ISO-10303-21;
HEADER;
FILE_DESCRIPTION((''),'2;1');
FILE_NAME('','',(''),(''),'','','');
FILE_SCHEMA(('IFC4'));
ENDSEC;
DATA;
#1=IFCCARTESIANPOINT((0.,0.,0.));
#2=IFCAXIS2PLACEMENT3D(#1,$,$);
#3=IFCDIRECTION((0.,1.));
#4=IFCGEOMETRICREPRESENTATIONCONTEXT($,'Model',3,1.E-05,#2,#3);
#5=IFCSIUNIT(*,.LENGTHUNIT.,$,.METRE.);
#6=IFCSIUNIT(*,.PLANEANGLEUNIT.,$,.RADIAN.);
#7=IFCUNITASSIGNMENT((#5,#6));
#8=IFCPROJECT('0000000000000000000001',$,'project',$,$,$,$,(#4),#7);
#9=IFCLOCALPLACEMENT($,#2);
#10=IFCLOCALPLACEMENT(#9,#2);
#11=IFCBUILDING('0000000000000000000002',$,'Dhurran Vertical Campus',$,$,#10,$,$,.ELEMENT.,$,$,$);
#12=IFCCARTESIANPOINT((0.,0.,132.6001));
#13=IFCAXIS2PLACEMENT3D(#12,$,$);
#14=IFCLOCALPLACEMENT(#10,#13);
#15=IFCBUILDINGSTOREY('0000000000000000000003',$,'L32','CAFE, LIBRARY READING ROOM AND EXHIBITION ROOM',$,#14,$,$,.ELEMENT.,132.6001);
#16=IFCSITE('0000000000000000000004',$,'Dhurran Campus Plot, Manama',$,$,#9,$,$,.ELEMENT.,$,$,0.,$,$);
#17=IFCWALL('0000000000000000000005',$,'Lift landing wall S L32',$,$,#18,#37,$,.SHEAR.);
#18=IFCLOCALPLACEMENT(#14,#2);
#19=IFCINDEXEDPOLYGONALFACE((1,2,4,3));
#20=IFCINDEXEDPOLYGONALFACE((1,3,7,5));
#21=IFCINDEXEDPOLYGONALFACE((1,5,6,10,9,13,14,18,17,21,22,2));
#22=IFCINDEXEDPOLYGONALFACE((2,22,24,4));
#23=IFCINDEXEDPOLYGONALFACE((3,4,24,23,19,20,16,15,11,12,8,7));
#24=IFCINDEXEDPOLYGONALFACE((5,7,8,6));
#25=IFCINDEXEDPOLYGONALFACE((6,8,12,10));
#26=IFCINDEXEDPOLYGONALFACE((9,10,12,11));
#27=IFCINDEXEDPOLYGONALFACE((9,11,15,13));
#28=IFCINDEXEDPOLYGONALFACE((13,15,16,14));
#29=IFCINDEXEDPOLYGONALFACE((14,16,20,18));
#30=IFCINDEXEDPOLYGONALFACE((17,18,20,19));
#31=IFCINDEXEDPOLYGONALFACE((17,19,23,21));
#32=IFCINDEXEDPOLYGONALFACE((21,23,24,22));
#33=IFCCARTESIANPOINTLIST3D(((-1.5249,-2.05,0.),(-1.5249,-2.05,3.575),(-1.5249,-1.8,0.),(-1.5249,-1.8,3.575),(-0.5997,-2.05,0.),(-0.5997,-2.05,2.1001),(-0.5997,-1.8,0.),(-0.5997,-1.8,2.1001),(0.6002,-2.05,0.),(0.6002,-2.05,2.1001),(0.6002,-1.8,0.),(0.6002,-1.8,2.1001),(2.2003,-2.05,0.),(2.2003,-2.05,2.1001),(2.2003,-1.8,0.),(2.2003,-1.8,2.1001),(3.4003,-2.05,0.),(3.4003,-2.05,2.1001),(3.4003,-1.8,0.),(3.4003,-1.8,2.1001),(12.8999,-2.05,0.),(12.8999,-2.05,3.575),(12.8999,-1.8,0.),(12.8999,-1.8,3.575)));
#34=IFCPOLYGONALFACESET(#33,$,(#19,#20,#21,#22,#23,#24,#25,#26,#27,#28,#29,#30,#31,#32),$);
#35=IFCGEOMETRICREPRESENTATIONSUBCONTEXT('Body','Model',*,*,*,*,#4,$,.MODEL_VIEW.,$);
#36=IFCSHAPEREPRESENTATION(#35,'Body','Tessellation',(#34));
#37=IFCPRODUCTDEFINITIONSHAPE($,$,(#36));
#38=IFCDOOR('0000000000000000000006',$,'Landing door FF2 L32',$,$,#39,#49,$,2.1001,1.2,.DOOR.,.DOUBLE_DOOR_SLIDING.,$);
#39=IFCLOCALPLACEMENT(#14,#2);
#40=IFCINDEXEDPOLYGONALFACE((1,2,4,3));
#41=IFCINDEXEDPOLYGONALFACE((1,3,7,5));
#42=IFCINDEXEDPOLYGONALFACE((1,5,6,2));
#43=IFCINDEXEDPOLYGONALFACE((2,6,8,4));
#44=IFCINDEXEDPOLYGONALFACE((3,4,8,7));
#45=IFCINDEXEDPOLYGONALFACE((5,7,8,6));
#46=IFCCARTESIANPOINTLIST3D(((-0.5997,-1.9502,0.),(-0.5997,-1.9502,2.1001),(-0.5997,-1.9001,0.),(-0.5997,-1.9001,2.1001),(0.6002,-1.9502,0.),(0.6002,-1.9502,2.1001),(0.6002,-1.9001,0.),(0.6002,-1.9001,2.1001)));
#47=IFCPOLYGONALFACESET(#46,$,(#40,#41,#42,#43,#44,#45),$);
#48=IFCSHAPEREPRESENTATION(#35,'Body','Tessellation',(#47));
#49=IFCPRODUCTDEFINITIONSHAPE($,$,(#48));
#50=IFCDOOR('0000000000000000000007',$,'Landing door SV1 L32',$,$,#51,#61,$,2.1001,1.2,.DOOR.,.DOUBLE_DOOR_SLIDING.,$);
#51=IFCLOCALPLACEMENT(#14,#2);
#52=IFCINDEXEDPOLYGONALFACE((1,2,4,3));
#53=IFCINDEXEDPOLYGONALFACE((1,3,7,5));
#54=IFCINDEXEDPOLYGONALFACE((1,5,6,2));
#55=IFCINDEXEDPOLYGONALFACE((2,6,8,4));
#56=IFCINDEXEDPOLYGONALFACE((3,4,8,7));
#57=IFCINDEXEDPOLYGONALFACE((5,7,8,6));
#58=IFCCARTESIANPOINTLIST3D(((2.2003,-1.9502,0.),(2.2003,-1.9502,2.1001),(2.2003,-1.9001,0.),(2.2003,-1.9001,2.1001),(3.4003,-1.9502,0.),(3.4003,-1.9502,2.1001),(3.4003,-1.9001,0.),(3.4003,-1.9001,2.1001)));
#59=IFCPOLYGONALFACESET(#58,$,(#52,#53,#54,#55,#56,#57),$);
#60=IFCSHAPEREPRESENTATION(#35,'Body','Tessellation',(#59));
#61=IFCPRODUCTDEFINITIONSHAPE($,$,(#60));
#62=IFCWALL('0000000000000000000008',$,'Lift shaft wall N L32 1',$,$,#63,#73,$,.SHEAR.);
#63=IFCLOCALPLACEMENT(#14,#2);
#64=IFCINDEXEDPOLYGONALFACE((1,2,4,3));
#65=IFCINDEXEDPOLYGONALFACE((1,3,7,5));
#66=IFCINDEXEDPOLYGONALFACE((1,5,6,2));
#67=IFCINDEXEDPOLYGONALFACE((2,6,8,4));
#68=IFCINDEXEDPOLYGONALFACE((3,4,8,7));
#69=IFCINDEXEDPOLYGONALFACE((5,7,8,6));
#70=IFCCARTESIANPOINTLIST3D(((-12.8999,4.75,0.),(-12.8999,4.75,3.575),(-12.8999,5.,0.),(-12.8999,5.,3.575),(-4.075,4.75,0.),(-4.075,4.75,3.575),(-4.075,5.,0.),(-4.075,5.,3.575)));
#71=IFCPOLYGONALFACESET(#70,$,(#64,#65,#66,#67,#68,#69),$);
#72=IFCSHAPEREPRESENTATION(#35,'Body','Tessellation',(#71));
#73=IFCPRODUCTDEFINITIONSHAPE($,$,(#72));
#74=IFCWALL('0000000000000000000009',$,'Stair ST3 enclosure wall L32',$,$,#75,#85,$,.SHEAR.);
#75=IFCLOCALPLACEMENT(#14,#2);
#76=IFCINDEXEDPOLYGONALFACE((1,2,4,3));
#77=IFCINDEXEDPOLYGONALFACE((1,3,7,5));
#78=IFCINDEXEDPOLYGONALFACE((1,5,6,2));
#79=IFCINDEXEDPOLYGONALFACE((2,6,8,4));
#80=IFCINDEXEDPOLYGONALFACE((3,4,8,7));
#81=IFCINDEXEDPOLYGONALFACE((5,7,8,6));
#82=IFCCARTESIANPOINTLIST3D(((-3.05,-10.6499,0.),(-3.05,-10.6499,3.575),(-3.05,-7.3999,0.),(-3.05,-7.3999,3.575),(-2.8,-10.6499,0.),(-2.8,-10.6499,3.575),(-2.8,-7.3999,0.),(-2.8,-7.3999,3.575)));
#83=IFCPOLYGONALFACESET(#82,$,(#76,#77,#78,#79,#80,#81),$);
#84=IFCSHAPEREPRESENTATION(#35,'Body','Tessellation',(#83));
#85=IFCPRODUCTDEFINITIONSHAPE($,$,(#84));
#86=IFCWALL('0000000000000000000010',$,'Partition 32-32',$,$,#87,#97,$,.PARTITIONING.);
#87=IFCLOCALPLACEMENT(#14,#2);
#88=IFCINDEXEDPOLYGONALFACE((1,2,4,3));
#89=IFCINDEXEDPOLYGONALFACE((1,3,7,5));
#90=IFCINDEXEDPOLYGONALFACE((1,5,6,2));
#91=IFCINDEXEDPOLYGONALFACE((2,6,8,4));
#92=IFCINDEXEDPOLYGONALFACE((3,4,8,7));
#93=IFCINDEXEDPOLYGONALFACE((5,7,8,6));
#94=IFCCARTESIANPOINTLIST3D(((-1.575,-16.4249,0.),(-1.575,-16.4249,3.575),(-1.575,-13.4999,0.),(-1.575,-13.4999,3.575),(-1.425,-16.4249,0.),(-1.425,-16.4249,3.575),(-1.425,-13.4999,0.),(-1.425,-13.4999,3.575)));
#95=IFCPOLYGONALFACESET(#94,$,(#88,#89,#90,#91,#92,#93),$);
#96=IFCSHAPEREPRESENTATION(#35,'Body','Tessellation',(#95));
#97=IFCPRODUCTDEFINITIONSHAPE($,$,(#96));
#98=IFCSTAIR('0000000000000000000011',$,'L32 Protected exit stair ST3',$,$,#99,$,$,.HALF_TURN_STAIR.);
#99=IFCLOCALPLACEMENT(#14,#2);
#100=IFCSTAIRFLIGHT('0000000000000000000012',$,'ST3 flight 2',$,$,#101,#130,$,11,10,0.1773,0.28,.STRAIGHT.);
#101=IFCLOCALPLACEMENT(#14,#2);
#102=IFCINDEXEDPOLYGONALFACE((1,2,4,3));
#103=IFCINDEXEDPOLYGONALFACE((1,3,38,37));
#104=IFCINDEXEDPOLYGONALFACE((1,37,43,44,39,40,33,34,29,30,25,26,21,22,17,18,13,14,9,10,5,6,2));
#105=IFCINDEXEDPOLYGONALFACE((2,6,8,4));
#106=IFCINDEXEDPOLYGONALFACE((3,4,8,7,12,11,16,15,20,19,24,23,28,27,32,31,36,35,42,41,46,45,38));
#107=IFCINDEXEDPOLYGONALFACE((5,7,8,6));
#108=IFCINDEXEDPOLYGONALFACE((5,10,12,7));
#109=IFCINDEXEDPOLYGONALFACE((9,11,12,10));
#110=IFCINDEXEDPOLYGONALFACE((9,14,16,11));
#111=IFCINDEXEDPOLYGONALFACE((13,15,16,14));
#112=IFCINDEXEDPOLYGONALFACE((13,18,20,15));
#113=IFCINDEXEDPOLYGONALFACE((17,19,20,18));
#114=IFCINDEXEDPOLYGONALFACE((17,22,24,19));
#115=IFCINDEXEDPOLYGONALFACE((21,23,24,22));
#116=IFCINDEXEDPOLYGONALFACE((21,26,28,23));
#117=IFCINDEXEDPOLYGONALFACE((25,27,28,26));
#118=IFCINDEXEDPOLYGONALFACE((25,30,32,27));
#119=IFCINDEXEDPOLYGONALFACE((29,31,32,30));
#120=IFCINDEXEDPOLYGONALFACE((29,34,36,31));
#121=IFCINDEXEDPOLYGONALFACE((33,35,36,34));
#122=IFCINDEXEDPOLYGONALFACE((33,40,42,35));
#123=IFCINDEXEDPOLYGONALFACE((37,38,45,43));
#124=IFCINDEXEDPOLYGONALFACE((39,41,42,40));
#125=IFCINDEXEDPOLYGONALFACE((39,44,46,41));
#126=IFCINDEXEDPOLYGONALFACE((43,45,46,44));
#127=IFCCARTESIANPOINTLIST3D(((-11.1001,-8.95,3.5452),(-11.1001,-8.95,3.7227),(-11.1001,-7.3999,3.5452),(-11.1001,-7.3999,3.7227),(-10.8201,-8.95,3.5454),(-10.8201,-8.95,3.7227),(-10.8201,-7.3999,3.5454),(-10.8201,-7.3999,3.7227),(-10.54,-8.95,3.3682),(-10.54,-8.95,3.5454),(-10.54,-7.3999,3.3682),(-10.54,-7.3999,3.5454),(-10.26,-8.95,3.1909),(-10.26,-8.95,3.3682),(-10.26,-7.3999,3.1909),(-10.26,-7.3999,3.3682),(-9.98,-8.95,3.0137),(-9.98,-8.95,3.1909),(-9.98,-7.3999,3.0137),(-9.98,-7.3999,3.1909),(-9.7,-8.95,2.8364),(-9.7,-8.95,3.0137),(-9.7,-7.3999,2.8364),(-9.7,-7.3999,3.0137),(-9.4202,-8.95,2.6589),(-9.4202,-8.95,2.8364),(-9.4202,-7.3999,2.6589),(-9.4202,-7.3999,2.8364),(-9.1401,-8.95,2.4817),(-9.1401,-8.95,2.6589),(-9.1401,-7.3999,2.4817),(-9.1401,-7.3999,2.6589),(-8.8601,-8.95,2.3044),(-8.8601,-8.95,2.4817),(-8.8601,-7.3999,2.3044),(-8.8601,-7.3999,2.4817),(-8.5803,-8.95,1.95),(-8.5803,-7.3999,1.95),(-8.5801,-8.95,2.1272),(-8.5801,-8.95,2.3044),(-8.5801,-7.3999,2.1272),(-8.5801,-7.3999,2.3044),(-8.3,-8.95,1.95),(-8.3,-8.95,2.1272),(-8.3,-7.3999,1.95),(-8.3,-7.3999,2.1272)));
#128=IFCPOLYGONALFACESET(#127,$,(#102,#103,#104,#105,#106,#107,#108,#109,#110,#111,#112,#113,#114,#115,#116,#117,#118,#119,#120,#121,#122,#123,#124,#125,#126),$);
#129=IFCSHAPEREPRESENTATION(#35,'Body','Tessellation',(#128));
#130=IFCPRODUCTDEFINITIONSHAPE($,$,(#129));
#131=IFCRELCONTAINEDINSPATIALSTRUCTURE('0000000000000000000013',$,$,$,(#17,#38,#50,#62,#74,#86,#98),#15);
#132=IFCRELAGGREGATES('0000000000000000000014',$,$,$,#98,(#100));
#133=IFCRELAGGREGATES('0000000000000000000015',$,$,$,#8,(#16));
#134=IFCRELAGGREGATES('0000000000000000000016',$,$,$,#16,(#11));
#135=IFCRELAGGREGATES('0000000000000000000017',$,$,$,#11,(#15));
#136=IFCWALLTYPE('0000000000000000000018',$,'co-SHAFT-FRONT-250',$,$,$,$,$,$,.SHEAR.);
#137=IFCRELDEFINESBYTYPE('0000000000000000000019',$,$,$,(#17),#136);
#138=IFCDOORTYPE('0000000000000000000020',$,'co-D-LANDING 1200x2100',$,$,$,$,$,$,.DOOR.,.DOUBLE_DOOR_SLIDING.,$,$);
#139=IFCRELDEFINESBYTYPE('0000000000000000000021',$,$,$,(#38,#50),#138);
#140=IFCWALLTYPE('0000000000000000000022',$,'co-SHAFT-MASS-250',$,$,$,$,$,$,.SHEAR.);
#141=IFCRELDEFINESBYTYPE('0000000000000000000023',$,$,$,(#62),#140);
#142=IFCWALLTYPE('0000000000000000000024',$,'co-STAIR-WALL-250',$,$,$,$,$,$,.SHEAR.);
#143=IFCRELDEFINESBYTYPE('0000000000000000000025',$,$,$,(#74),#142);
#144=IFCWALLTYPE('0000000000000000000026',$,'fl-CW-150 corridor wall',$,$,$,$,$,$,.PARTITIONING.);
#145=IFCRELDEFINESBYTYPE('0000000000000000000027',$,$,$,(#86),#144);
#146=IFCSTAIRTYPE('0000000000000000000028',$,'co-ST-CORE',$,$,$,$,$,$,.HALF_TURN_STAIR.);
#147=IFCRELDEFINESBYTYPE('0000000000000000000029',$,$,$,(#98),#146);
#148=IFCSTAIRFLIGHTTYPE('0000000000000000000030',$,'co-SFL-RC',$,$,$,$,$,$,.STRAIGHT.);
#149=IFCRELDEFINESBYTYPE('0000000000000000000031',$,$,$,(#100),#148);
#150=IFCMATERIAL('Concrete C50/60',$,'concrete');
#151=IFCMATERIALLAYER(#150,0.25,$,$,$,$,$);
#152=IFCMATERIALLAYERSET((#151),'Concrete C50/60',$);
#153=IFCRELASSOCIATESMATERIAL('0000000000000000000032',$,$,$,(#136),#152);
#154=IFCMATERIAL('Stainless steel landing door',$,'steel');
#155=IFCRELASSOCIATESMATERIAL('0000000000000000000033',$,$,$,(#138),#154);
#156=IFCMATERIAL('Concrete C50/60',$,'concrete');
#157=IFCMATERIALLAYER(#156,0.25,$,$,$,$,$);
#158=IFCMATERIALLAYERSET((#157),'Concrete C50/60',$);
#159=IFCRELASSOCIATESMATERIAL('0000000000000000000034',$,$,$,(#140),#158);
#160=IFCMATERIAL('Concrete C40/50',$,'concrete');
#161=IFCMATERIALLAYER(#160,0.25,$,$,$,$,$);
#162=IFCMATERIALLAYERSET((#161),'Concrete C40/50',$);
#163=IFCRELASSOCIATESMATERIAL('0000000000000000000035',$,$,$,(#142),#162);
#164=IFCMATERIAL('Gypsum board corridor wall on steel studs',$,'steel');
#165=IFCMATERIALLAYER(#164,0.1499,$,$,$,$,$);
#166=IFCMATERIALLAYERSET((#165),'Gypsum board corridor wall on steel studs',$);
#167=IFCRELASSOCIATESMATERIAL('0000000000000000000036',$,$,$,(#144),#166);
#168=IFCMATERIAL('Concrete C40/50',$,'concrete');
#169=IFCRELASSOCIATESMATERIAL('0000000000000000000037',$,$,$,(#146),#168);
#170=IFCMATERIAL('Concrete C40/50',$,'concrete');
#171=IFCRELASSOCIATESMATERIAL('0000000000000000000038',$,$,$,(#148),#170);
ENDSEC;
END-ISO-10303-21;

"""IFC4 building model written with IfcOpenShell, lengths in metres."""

from ifc_helpers import new_model, si_unit, direction, frame, frame_2d, origin, place, context, subcontext, project, spatial, polyline, rectangle, outline, extrude, material, layer, layer_set, type_object, element, fill, aggregate, save


model = new_model("IFC4")

# Units and contexts
model_context = context("Model", 3, precision=1e-05, world=origin(), true_north=direction((0.0, 1.0)))
body_context = subcontext(model_context, "Body", "Model", "MODEL_VIEW")
ifc_project = project(units=[si_unit("LENGTHUNIT", "METRE"), si_unit("PLANEANGLEUNIT", "RADIAN")], contexts=[model_context])

# Site, building, storey
site_placement = place(None, origin())
site = spatial("IfcSite", under=ifc_project, at=site_placement, Name="Dhurran Campus Plot, Manama", CompositionType="ELEMENT", RefElevation=0.0)
building_placement = place(site_placement, origin())
building = spatial("IfcBuilding", under=site, at=building_placement, Name="Dhurran Vertical Campus", CompositionType="ELEMENT")
storey_placement = place(building_placement, frame((0.0, 0.0, 132.6001)))
storey = spatial("IfcBuildingStorey", under=building, at=storey_placement, Name="L32", Description="CAFE, LIBRARY READING ROOM AND EXHIBITION ROOM", CompositionType="ELEMENT", Elevation=132.6001)

# Wall, openings, doors
ifc_material_1 = material(Name="Concrete C50/60", Category="concrete")
ifc_layer_1 = layer(ifc_material_1, 0.25)
ifc_layer_set_1 = layer_set([ifc_layer_1], Name="Concrete C50/60")
wall_type_1 = type_object("IfcWallType", Name="co-SHAFT-FRONT-250", PredefinedType="SHEAR", material=ifc_layer_set_1)
wall_1_placement = place(storey_placement, frame((-1.5249, -1.925, 0.0), z_axis=(0.0, 0.0, 1.0), x_axis=(1.0, 0.0, 0.0)))
wall_1 = element("IfcWall", 1, at=wall_1_placement, inside=storey, type_object=wall_type_1, Name="Lift landing wall S L32", PredefinedType="SHEAR", context=body_context, shape_type="SweptSolid", body=[
    extrude(rectangle(XDim=14.4248, YDim=0.25, at=frame_2d((7.2124, 0.0))), origin(), (0.0, 0.0, 1.0), 3.575),
])
opening_1_placement = place(wall_1_placement, frame((0.925, 0.0, 0.0)))
opening_1 = element("IfcOpeningElement", 2, at=opening_1_placement, cuts=wall_1, PredefinedType="OPENING", context=body_context, shape_type="SweptSolid", body=[
    extrude(rectangle(XDim=1.2, YDim=2.1001, at=frame_2d((0.6001, 1.05))), frame((0.0, 0.135, 0.0), z_axis=(0.0, -1.0, 0.0), x_axis=(1.0, 0.0, 0.0)), (0.0, 0.0, 1.0), 0.27),
])
opening_2_placement = place(wall_1_placement, frame((3.7251, 0.0, 0.0)))
opening_2 = element("IfcOpeningElement", 3, at=opening_2_placement, cuts=wall_1, PredefinedType="OPENING", context=body_context, shape_type="SweptSolid", body=[
    extrude(rectangle(XDim=1.2, YDim=2.1001, at=frame_2d((0.6001, 1.05))), frame((0.0, 0.135, 0.0), z_axis=(0.0, -1.0, 0.0), x_axis=(1.0, 0.0, 0.0)), (0.0, 0.0, 1.0), 0.27),
])
ifc_material_2 = material(Name="Stainless steel landing door", Category="steel")
door_type_1 = type_object("IfcDoorType", Name="co-D-LANDING 1200x2100", OperationType="DOUBLE_DOOR_SLIDING", PredefinedType="DOOR", material=ifc_material_2)
door_1_placement = place(opening_1_placement, origin())
door_1 = element("IfcDoor", 4, at=door_1_placement, inside=storey, type_object=door_type_1, Name="Landing door FF2 L32", OperationType="DOUBLE_DOOR_SLIDING", OverallHeight=2.1001, OverallWidth=1.2, PredefinedType="DOOR", context=body_context, shape_type="SweptSolid", body=[
    extrude(rectangle(XDim=1.2, YDim=2.1001, at=frame_2d((0.6001, 1.05))), frame((0.0, 0.0249, 0.0), z_axis=(0.0, -1.0, 0.0), x_axis=(1.0, 0.0, 0.0)), (0.0, 0.0, 1.0), 0.05),
])
fill(opening_1, door_1)
door_2_placement = place(opening_2_placement, origin())
door_2 = element("IfcDoor", 5, at=door_2_placement, inside=storey, type_object=door_type_1, Name="Landing door SV1 L32", OperationType="DOUBLE_DOOR_SLIDING", OverallHeight=2.1001, OverallWidth=1.2, PredefinedType="DOOR", context=body_context, shape_type="SweptSolid", body=[
    extrude(rectangle(XDim=1.2, YDim=2.1001, at=frame_2d((0.6001, 1.05))), frame((0.0, 0.0249, 0.0), z_axis=(0.0, -1.0, 0.0), x_axis=(1.0, 0.0, 0.0)), (0.0, 0.0, 1.0), 0.05),
])
fill(opening_2, door_2)

# Walls
ifc_material_3 = material(Name="Concrete C50/60", Category="concrete")
ifc_layer_2 = layer(ifc_material_3, 0.25)
ifc_layer_set_2 = layer_set([ifc_layer_2], Name="Concrete C50/60")
wall_type_2 = type_object("IfcWallType", Name="co-SHAFT-MASS-250", PredefinedType="SHEAR", material=ifc_layer_set_2)
wall_2_placement = place(storey_placement, origin())
element("IfcWall", 6, at=wall_2_placement, inside=storey, type_object=wall_type_2, Name="Lift shaft wall N L32 1", PredefinedType="SHEAR", context=body_context, shape_type="SweptSolid", body=[
    extrude(outline(polyline([(-12.8999, 4.75), (-4.075, 4.75), (-4.075, 5.0), (-12.8999, 5.0), (-12.8999, 4.75)])), origin(), (0.0, 0.0, 1.0), 3.575),
])
ifc_material_4 = material(Name="Concrete C40/50", Category="concrete")
ifc_layer_3 = layer(ifc_material_4, 0.25)
ifc_layer_set_3 = layer_set([ifc_layer_3], Name="Concrete C40/50")
wall_type_3 = type_object("IfcWallType", Name="co-STAIR-WALL-250", PredefinedType="SHEAR", material=ifc_layer_set_3)
wall_3_placement = place(storey_placement, frame((-2.925, -10.6499, 0.0), z_axis=(0.0, 0.0, 1.0), x_axis=(0.0, 1.0, 0.0)))
element("IfcWall", 7, at=wall_3_placement, inside=storey, type_object=wall_type_3, Name="Stair ST3 enclosure wall L32", PredefinedType="SHEAR", context=body_context, shape_type="SweptSolid", body=[
    extrude(rectangle(XDim=3.25, YDim=0.25, at=frame_2d((1.625, 0.0))), origin(), (0.0, 0.0, 1.0), 3.575),
])
ifc_material_5 = material(Name="Gypsum board corridor wall on steel studs", Category="steel")
ifc_layer_4 = layer(ifc_material_5, 0.1499)
ifc_layer_set_4 = layer_set([ifc_layer_4], Name="Gypsum board corridor wall on steel studs")
wall_type_4 = type_object("IfcWallType", Name="fl-CW-150 corridor wall", PredefinedType="PARTITIONING", material=ifc_layer_set_4)
wall_4_placement = place(storey_placement, frame((-1.5, -13.5, 0.0), z_axis=(0.0, 0.0, 1.0), x_axis=(0.0, -1.0, 0.0)))
element("IfcWall", 8, at=wall_4_placement, inside=storey, type_object=wall_type_4, Name="Partition 32-32", PredefinedType="PARTITIONING", context=body_context, shape_type="SweptSolid", body=[
    extrude(rectangle(XDim=2.925, YDim=0.1499, at=frame_2d((1.4624, 0.0))), origin(), (0.0, 0.0, 1.0), 3.575),
])

# Stair, stair flight
ifc_material_6 = material(Name="Concrete C40/50", Category="concrete")
stair_type = type_object("IfcStairType", Name="co-ST-CORE", PredefinedType="HALF_TURN_STAIR", material=ifc_material_6)
stair_placement = place(storey_placement, origin())
stair = element("IfcStair", 9, at=stair_placement, inside=storey, type_object=stair_type, Name="L32 Protected exit stair ST3", PredefinedType="HALF_TURN_STAIR")
ifc_material_7 = material(Name="Concrete C40/50", Category="concrete")
stair_flight_type = type_object("IfcStairFlightType", Name="co-SFL-RC", PredefinedType="STRAIGHT", material=ifc_material_7)
stair_flight_placement = place(storey_placement, frame((-8.3, -8.175, 1.95), z_axis=(0.0, 0.0, 1.0), x_axis=(-1.0, 0.0, 0.0)))
stair_flight = element("IfcStairFlight", 10, at=stair_flight_placement, type_object=stair_flight_type, Name="ST3 flight 2", NumberOfRisers=11, NumberOfTreads=10, PredefinedType="STRAIGHT", RiserHeight=0.1773, TreadLength=0.28, context=body_context, shape_type="SweptSolid", body=[
    extrude(outline(polyline([(0.0, 0.0), (0.0, 0.1772), (0.28, 0.1772), (0.28, 0.3545), (0.5601, 0.3545), (0.5601, 0.5317), (0.8401, 0.5317), (0.8401, 0.709), (1.1201, 0.709), (1.1201, 0.8865), (1.3999, 0.8865), (1.3999, 1.0637), (1.6799, 1.0637), (1.6799, 1.241), (1.96, 1.241), (1.96, 1.4182), (2.24, 1.4182), (2.24, 1.5955), (2.52, 1.5955), (2.52, 1.7727), (2.8, 1.7727), (2.8, 1.95), (2.8, 1.5952), (0.2803, 0.0), (0.0, 0.0)])), frame((0.0, 0.7749, 0.0), z_axis=(0.0, -1.0, 0.0), x_axis=(1.0, 0.0, 0.0)), (0.0, 0.0, 1.0), 1.55),
])
aggregate(stair, [stair_flight])

save(model, "model.ifc")
